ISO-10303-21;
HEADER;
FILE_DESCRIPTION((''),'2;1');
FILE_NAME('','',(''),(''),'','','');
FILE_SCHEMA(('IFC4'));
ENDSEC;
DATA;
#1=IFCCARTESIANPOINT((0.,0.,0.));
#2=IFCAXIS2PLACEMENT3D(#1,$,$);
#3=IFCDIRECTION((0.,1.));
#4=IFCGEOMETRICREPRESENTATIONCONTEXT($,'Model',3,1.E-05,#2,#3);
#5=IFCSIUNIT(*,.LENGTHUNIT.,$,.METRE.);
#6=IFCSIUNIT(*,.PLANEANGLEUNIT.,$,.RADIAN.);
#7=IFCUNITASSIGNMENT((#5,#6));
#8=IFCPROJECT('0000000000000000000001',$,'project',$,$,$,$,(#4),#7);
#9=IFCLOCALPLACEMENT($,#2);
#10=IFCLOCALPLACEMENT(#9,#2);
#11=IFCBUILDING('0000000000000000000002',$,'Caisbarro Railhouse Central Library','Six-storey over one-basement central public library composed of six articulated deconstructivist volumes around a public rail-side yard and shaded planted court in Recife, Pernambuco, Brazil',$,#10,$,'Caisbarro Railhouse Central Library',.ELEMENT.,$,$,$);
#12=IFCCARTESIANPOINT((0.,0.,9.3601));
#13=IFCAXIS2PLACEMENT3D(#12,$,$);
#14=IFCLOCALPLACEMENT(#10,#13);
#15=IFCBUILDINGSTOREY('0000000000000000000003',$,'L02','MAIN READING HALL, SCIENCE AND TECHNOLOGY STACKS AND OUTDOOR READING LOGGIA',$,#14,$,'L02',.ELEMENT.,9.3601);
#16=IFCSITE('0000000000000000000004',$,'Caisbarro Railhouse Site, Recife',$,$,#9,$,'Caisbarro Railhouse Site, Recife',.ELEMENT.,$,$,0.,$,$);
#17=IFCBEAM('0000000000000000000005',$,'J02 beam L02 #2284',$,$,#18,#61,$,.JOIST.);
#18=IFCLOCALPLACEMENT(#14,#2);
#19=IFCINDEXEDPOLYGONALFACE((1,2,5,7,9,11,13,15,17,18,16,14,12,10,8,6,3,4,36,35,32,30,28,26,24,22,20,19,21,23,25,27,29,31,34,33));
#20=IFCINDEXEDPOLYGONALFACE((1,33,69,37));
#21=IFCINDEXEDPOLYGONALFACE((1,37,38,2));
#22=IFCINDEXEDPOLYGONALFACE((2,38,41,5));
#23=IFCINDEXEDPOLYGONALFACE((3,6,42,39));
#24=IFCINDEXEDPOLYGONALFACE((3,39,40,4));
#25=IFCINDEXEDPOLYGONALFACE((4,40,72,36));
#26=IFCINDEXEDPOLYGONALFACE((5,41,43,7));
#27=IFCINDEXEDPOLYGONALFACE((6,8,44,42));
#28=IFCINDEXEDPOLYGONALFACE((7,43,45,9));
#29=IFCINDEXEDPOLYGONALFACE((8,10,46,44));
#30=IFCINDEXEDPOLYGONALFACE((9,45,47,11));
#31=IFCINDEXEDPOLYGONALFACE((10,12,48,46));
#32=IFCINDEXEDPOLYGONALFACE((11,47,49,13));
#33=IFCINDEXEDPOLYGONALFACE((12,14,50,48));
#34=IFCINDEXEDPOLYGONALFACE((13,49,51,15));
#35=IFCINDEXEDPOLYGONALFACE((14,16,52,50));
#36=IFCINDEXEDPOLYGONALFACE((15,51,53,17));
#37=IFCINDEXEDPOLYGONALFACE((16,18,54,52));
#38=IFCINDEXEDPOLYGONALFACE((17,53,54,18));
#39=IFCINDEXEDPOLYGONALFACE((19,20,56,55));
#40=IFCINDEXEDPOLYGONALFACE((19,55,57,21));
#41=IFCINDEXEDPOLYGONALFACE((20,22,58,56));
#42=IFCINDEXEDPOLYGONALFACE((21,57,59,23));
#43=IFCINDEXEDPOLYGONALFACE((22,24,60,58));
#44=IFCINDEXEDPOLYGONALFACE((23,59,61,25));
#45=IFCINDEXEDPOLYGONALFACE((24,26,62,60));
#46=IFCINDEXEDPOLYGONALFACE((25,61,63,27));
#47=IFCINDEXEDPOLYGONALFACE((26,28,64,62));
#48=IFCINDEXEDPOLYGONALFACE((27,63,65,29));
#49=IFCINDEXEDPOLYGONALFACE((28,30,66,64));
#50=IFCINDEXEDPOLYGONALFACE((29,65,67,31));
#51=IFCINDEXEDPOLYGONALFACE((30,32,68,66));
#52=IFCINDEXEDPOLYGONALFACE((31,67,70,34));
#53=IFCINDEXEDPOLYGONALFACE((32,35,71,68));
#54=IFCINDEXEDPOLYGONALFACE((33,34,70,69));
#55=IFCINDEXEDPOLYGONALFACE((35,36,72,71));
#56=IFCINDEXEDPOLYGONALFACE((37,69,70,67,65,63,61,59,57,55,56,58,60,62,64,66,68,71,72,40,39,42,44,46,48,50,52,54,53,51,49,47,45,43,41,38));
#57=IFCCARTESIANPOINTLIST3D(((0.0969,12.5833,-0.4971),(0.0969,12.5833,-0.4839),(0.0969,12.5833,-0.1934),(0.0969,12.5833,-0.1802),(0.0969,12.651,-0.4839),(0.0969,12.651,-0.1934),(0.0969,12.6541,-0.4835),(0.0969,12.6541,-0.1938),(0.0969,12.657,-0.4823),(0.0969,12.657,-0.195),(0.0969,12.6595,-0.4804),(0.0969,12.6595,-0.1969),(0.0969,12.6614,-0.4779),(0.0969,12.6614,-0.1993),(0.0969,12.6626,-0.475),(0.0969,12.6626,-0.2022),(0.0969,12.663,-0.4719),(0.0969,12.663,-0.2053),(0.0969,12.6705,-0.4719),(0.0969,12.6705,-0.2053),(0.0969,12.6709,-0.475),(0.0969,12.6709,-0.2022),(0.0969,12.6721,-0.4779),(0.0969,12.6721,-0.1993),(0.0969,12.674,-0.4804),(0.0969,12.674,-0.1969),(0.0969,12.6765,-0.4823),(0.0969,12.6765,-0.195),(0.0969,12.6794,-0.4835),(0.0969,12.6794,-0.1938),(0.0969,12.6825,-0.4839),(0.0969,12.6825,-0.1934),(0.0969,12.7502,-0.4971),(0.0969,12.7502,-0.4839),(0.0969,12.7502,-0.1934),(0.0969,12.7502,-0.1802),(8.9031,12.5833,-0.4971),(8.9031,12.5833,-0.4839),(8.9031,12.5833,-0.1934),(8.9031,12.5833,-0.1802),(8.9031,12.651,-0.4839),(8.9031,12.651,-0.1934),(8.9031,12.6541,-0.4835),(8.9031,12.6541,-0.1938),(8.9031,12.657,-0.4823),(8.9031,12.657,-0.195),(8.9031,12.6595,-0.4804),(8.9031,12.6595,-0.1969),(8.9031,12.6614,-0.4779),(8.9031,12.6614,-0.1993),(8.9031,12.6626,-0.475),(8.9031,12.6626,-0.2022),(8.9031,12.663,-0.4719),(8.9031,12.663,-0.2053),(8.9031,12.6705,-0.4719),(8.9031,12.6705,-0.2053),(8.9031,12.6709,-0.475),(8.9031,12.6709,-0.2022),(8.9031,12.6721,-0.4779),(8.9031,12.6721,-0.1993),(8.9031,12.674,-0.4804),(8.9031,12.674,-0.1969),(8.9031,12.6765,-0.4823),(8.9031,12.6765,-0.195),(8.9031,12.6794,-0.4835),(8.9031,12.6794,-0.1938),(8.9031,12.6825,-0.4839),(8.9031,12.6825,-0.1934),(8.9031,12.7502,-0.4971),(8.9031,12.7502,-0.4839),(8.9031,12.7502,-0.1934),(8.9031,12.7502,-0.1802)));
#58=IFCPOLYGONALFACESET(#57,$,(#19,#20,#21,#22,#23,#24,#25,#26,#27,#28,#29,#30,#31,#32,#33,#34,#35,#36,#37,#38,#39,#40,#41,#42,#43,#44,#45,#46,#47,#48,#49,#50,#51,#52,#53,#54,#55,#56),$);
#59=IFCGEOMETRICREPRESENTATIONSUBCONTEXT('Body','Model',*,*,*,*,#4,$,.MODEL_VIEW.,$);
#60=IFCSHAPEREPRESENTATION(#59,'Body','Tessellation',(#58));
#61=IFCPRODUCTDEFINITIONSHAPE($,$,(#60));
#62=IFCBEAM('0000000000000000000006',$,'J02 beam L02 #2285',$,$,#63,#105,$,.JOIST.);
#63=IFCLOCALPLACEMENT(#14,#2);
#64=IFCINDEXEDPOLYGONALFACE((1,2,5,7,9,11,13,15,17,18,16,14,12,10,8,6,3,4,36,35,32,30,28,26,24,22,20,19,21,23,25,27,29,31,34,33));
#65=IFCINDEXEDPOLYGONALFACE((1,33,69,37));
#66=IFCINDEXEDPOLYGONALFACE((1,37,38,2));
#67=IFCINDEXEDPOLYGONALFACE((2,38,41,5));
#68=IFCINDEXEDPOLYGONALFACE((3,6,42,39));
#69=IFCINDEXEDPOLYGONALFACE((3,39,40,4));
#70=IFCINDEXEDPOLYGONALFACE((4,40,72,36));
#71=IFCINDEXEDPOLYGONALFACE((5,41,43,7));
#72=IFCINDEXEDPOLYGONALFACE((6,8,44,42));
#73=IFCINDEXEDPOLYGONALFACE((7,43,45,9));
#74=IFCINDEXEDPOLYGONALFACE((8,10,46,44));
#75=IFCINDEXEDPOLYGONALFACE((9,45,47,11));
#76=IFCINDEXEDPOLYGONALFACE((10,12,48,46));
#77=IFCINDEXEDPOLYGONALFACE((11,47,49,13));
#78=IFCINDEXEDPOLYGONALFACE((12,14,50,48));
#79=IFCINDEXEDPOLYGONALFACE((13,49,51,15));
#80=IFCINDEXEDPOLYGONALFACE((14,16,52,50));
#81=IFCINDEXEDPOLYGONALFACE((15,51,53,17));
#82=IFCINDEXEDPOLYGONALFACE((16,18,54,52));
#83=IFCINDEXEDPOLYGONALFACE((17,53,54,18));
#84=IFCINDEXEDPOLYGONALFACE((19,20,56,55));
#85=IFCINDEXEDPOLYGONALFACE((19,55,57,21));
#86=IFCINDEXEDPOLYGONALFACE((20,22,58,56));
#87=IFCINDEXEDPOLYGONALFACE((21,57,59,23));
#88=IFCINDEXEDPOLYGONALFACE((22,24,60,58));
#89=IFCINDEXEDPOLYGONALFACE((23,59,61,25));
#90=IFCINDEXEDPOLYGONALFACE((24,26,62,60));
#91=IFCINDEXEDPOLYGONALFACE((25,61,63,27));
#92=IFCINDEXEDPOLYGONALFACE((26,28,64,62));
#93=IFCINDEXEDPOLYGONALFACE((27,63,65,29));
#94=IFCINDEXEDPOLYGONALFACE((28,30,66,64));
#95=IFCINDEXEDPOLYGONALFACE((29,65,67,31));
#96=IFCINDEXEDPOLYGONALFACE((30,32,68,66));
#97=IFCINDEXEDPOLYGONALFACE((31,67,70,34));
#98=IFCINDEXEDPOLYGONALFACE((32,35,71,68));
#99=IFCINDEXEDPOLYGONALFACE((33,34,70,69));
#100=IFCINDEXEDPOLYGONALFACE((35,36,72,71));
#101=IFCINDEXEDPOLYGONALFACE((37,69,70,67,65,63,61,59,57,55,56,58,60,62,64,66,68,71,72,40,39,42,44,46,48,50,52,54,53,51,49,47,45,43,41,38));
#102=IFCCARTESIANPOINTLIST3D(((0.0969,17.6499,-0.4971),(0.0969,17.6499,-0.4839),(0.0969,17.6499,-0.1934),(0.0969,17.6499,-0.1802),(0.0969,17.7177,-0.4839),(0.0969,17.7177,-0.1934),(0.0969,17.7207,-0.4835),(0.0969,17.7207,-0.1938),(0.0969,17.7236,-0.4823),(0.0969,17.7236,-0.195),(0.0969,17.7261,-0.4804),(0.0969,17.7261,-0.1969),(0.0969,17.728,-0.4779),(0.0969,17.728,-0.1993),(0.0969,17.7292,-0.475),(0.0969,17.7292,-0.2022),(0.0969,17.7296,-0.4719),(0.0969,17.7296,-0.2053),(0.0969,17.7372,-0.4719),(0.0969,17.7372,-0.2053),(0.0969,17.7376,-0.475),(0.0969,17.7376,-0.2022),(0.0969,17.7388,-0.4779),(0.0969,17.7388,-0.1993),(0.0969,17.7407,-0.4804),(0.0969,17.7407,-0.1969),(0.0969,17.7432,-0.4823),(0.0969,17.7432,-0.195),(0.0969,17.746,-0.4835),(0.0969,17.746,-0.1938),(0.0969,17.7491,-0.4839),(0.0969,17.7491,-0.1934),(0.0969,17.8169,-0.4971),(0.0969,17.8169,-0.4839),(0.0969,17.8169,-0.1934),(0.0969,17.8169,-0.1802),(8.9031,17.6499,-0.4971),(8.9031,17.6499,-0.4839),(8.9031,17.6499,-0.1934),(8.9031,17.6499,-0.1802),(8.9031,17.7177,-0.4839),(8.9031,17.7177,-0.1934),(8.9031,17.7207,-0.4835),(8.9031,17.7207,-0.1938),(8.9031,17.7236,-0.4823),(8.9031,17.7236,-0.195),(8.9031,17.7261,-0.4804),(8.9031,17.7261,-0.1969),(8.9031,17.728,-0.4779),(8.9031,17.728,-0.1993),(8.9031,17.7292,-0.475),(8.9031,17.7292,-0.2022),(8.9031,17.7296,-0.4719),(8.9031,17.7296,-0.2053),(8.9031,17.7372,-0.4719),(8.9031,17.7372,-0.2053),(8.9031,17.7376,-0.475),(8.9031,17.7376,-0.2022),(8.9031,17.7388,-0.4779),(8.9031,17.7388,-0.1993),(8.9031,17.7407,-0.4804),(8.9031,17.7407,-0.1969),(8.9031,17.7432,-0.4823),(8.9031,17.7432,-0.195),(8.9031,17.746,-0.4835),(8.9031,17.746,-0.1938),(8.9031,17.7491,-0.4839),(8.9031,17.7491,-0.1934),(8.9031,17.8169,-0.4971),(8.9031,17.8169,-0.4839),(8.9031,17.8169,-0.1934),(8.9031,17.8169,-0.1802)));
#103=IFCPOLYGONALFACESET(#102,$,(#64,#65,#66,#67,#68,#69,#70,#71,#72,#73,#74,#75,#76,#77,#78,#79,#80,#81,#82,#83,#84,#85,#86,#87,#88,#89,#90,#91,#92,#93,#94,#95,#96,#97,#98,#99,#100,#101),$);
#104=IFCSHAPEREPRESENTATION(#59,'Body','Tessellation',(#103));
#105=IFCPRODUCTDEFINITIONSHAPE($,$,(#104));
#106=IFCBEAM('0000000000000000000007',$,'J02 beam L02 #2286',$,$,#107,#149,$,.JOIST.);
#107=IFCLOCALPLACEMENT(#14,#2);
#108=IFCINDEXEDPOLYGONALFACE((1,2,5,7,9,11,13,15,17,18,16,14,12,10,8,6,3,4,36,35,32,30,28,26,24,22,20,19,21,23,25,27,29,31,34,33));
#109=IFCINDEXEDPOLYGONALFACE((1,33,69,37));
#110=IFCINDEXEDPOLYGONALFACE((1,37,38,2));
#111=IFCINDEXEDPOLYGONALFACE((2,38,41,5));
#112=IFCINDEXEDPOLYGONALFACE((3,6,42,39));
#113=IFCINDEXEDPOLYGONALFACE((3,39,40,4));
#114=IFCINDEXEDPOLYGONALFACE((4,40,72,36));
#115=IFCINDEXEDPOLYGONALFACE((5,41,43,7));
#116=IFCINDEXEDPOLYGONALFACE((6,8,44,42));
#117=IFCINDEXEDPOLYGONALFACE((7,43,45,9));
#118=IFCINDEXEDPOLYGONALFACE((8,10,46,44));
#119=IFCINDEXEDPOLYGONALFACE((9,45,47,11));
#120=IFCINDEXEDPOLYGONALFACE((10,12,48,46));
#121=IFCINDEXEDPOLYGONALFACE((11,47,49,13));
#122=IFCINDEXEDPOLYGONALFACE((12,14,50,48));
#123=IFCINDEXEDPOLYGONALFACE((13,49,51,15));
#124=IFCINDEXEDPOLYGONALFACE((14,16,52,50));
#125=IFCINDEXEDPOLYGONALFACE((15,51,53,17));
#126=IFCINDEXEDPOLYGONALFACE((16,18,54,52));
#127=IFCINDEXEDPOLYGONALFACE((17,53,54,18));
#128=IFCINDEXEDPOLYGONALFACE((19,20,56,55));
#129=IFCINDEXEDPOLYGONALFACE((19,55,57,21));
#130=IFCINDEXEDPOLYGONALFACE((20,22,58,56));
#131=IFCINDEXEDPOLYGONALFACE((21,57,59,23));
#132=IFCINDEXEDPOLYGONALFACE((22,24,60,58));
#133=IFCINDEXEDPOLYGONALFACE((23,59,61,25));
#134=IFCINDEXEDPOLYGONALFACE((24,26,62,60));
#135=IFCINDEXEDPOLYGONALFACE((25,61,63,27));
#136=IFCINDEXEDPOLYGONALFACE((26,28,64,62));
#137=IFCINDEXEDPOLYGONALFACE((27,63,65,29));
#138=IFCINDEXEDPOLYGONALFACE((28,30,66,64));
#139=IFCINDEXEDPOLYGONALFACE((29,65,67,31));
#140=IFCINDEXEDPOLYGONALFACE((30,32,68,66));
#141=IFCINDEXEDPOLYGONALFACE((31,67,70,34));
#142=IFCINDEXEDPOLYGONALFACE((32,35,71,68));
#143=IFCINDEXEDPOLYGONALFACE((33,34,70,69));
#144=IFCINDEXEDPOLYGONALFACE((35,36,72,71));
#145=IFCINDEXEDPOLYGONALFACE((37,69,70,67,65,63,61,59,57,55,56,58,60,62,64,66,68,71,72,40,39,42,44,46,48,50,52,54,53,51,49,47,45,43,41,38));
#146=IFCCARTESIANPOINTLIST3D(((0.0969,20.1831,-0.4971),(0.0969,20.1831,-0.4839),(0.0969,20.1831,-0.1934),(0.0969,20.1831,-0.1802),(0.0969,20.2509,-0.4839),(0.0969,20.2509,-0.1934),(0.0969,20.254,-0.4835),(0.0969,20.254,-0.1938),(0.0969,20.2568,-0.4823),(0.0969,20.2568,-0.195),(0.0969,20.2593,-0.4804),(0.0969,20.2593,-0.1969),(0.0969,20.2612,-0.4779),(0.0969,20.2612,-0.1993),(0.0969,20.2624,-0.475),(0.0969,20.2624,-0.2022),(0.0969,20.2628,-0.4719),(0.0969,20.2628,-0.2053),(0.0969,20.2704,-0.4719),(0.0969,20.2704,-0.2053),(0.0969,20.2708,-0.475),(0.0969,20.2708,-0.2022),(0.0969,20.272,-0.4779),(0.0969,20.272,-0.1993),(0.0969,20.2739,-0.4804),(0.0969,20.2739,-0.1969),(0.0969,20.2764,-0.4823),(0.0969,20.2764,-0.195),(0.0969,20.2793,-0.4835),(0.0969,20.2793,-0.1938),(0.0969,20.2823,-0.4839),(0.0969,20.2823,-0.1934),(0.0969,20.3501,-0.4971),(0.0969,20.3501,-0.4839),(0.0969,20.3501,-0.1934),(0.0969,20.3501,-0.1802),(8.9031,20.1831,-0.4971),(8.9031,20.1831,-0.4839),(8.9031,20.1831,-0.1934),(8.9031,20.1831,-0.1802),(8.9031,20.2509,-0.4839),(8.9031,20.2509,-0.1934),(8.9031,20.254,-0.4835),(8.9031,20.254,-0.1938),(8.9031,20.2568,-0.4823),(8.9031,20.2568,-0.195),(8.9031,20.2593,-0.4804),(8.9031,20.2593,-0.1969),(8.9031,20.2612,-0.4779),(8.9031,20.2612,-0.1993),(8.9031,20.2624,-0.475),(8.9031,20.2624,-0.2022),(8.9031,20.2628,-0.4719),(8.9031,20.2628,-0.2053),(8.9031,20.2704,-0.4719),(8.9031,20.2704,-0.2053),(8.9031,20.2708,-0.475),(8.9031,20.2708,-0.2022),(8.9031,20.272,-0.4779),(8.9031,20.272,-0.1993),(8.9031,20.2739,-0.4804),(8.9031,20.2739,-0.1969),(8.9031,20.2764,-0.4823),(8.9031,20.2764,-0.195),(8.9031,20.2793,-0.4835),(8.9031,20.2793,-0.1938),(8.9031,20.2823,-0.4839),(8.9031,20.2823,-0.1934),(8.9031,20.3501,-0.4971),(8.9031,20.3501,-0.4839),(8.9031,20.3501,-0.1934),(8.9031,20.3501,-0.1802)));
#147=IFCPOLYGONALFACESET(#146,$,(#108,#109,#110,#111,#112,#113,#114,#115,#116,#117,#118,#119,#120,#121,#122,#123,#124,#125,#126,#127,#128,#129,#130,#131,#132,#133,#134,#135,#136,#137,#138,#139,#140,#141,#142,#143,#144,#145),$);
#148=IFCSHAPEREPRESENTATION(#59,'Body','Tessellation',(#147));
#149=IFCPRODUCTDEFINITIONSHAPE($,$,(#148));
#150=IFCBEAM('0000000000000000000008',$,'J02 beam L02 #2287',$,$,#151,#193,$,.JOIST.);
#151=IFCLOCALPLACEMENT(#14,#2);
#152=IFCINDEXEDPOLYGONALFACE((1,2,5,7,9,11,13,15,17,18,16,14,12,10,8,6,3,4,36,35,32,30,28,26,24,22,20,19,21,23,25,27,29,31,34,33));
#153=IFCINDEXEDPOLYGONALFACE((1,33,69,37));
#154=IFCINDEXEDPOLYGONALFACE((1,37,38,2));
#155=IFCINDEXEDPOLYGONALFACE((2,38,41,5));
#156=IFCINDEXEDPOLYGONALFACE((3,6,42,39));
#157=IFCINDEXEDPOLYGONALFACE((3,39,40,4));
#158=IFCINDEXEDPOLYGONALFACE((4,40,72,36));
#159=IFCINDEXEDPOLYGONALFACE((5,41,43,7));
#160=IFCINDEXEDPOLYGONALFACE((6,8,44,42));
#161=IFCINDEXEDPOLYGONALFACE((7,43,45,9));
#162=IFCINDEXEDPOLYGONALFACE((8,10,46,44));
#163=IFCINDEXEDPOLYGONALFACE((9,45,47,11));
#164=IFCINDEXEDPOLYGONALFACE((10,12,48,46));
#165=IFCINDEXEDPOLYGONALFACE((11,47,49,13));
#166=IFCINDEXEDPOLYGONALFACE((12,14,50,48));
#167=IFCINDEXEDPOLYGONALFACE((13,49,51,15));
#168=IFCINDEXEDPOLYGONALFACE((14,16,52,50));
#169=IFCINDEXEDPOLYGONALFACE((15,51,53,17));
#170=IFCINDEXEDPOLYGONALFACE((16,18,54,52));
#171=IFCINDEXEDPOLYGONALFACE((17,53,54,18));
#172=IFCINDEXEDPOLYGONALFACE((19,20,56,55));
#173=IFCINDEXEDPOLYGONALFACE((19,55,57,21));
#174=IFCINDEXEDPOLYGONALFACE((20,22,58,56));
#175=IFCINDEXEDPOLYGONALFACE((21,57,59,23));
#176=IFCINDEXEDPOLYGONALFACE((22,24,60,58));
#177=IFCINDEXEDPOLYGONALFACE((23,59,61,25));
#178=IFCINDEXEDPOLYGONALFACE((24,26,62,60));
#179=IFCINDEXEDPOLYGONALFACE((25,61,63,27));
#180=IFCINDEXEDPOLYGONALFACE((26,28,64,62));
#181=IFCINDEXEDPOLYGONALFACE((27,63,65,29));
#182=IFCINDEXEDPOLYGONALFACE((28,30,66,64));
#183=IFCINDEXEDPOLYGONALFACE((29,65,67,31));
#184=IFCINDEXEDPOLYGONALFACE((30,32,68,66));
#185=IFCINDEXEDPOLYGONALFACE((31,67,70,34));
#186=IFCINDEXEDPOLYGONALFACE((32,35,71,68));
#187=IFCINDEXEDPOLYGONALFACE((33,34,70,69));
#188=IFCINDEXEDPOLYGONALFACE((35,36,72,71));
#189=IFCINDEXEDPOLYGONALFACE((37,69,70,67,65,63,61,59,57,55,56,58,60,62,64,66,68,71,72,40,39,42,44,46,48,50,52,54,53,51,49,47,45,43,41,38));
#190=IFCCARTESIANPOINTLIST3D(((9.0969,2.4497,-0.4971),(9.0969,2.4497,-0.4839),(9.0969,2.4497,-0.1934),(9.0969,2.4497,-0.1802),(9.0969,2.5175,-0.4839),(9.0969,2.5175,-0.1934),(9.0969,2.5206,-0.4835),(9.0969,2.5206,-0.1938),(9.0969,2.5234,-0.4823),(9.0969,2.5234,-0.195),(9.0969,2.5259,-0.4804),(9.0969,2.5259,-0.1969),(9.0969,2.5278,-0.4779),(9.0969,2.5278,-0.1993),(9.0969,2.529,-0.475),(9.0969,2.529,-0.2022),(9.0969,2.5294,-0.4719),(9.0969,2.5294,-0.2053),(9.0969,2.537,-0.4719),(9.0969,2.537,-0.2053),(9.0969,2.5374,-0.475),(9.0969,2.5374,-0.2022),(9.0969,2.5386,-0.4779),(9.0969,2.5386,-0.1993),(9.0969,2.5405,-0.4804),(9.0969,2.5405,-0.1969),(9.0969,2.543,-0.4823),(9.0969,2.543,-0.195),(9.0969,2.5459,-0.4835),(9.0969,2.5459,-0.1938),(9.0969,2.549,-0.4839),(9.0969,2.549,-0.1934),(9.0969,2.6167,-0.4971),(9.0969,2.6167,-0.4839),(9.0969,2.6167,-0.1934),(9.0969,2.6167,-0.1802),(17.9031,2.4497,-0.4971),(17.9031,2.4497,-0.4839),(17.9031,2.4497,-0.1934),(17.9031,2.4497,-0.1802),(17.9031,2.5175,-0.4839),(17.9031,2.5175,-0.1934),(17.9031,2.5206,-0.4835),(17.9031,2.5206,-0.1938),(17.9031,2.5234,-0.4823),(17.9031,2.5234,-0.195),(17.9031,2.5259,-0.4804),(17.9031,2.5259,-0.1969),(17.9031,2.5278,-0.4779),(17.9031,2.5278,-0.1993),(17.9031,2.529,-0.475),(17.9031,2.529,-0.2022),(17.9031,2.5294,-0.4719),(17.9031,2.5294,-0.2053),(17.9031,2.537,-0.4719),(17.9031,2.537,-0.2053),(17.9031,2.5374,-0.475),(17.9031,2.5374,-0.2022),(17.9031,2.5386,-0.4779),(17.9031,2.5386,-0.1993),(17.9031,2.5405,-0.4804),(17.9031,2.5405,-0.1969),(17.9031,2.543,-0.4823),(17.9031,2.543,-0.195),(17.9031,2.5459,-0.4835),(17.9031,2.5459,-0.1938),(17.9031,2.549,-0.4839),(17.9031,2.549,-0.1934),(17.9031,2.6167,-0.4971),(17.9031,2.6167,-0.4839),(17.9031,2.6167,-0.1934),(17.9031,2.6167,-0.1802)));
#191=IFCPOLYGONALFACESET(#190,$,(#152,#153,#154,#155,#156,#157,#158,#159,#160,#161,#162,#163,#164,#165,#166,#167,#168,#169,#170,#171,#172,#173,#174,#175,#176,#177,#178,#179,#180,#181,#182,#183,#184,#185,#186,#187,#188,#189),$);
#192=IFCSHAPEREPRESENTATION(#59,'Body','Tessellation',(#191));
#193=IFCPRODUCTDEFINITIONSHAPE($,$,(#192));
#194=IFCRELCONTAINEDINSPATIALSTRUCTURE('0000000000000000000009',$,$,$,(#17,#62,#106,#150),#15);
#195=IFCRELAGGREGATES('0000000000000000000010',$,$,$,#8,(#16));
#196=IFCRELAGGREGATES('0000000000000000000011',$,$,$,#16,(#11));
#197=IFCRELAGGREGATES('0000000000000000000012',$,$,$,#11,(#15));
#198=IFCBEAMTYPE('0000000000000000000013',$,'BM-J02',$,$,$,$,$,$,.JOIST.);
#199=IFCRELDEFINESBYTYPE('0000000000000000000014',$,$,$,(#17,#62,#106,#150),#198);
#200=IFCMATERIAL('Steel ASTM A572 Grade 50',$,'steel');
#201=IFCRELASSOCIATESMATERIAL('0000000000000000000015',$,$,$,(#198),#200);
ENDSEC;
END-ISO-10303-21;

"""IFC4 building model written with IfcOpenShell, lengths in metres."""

from ifc_helpers import new_model, si_unit, direction, frame, origin, origin_2d, place, context, subcontext, project, spatial, i_section, extrude, material, material_profile, profile_set, type_object, element, save


model = new_model("IFC4")

# Units and contexts
model_context = context("Model", 3, precision=1e-05, world=origin(), true_north=direction((0.0, 1.0)))
body_context = subcontext(model_context, "Body", "Model", "MODEL_VIEW")
ifc_project = project(units=[si_unit("LENGTHUNIT", "METRE"), si_unit("PLANEANGLEUNIT", "RADIAN")], contexts=[model_context])

# Site, building, storey
site_placement = place(None, origin())
site = spatial("IfcSite", under=ifc_project, at=site_placement, Name="Caisbarro Railhouse Site, Recife", LongName="Caisbarro Railhouse Site, Recife", CompositionType="ELEMENT", RefElevation=0.0)
building_placement = place(site_placement, origin())
building = spatial("IfcBuilding", under=site, at=building_placement, Name="Caisbarro Railhouse Central Library", Description="Six-storey over one-basement central public library composed of six articulated deconstructivist volumes around a public rail-side yard and shaded planted court in Recife, Pernambuco, Brazil", LongName="Caisbarro Railhouse Central Library", CompositionType="ELEMENT")
storey_placement = place(building_placement, frame((0.0, 0.0, 9.3601)))
storey = spatial("IfcBuildingStorey", under=building, at=storey_placement, Name="L02", Description="MAIN READING HALL, SCIENCE AND TECHNOLOGY STACKS AND OUTDOOR READING LOGGIA", LongName="L02", CompositionType="ELEMENT", Elevation=9.3601)

# Shared definitions
ifc_material_1 = material(Name="Steel ASTM A572 Grade 50", Category="steel")

# Beams
ifc_material_profile_1 = material_profile(ifc_material_1, i_section(OverallWidth=0.167, OverallDepth=0.3169, WebThickness=0.0076, FlangeThickness=0.0132, FilletRadius=0.012, at=origin_2d()), Name="W310X52.0")
ifc_profile_set_1 = profile_set([ifc_material_profile_1], Name="Steel ASTM A572 Grade 50")
beam_type_1 = type_object("IfcBeamType", Name="BM-J02", PredefinedType="JOIST", material=ifc_profile_set_1)
for number, where, z_axis, x_axis, name in (
    (1, (0.0969, 12.6667, -0.3386), (1.0, 0.0, 0.0), (0.0, 1.0, 0.0), "J02 beam L02 #2284"),
    (2, (0.0969, 17.7334, -0.3386), (1.0, 0.0, 0.0), (0.0, 1.0, 0.0), "J02 beam L02 #2285"),
    (3, (0.0969, 20.2666, -0.3386), (1.0, 0.0, 0.0), (0.0, 1.0, 0.0), "J02 beam L02 #2286"),
    (4, (9.0969, 2.5332, -0.3386), (1.0, 0.0, 0.0), (0.0, 1.0, 0.0), "J02 beam L02 #2287"),
):
    element("IfcBeam", number, at=place(storey_placement, frame(where, z_axis=z_axis, x_axis=x_axis)), inside=storey, type_object=beam_type_1, Name=name, PredefinedType="JOIST", context=body_context, shape_type="SweptSolid", body=[
        extrude(i_section(OverallWidth=0.167, OverallDepth=0.3169, WebThickness=0.0076, FlangeThickness=0.0132, FilletRadius=0.012, at=origin_2d()), origin(), (0.0, 0.0, 1.0), 8.8062),
    ])

save(model, "model.ifc")
